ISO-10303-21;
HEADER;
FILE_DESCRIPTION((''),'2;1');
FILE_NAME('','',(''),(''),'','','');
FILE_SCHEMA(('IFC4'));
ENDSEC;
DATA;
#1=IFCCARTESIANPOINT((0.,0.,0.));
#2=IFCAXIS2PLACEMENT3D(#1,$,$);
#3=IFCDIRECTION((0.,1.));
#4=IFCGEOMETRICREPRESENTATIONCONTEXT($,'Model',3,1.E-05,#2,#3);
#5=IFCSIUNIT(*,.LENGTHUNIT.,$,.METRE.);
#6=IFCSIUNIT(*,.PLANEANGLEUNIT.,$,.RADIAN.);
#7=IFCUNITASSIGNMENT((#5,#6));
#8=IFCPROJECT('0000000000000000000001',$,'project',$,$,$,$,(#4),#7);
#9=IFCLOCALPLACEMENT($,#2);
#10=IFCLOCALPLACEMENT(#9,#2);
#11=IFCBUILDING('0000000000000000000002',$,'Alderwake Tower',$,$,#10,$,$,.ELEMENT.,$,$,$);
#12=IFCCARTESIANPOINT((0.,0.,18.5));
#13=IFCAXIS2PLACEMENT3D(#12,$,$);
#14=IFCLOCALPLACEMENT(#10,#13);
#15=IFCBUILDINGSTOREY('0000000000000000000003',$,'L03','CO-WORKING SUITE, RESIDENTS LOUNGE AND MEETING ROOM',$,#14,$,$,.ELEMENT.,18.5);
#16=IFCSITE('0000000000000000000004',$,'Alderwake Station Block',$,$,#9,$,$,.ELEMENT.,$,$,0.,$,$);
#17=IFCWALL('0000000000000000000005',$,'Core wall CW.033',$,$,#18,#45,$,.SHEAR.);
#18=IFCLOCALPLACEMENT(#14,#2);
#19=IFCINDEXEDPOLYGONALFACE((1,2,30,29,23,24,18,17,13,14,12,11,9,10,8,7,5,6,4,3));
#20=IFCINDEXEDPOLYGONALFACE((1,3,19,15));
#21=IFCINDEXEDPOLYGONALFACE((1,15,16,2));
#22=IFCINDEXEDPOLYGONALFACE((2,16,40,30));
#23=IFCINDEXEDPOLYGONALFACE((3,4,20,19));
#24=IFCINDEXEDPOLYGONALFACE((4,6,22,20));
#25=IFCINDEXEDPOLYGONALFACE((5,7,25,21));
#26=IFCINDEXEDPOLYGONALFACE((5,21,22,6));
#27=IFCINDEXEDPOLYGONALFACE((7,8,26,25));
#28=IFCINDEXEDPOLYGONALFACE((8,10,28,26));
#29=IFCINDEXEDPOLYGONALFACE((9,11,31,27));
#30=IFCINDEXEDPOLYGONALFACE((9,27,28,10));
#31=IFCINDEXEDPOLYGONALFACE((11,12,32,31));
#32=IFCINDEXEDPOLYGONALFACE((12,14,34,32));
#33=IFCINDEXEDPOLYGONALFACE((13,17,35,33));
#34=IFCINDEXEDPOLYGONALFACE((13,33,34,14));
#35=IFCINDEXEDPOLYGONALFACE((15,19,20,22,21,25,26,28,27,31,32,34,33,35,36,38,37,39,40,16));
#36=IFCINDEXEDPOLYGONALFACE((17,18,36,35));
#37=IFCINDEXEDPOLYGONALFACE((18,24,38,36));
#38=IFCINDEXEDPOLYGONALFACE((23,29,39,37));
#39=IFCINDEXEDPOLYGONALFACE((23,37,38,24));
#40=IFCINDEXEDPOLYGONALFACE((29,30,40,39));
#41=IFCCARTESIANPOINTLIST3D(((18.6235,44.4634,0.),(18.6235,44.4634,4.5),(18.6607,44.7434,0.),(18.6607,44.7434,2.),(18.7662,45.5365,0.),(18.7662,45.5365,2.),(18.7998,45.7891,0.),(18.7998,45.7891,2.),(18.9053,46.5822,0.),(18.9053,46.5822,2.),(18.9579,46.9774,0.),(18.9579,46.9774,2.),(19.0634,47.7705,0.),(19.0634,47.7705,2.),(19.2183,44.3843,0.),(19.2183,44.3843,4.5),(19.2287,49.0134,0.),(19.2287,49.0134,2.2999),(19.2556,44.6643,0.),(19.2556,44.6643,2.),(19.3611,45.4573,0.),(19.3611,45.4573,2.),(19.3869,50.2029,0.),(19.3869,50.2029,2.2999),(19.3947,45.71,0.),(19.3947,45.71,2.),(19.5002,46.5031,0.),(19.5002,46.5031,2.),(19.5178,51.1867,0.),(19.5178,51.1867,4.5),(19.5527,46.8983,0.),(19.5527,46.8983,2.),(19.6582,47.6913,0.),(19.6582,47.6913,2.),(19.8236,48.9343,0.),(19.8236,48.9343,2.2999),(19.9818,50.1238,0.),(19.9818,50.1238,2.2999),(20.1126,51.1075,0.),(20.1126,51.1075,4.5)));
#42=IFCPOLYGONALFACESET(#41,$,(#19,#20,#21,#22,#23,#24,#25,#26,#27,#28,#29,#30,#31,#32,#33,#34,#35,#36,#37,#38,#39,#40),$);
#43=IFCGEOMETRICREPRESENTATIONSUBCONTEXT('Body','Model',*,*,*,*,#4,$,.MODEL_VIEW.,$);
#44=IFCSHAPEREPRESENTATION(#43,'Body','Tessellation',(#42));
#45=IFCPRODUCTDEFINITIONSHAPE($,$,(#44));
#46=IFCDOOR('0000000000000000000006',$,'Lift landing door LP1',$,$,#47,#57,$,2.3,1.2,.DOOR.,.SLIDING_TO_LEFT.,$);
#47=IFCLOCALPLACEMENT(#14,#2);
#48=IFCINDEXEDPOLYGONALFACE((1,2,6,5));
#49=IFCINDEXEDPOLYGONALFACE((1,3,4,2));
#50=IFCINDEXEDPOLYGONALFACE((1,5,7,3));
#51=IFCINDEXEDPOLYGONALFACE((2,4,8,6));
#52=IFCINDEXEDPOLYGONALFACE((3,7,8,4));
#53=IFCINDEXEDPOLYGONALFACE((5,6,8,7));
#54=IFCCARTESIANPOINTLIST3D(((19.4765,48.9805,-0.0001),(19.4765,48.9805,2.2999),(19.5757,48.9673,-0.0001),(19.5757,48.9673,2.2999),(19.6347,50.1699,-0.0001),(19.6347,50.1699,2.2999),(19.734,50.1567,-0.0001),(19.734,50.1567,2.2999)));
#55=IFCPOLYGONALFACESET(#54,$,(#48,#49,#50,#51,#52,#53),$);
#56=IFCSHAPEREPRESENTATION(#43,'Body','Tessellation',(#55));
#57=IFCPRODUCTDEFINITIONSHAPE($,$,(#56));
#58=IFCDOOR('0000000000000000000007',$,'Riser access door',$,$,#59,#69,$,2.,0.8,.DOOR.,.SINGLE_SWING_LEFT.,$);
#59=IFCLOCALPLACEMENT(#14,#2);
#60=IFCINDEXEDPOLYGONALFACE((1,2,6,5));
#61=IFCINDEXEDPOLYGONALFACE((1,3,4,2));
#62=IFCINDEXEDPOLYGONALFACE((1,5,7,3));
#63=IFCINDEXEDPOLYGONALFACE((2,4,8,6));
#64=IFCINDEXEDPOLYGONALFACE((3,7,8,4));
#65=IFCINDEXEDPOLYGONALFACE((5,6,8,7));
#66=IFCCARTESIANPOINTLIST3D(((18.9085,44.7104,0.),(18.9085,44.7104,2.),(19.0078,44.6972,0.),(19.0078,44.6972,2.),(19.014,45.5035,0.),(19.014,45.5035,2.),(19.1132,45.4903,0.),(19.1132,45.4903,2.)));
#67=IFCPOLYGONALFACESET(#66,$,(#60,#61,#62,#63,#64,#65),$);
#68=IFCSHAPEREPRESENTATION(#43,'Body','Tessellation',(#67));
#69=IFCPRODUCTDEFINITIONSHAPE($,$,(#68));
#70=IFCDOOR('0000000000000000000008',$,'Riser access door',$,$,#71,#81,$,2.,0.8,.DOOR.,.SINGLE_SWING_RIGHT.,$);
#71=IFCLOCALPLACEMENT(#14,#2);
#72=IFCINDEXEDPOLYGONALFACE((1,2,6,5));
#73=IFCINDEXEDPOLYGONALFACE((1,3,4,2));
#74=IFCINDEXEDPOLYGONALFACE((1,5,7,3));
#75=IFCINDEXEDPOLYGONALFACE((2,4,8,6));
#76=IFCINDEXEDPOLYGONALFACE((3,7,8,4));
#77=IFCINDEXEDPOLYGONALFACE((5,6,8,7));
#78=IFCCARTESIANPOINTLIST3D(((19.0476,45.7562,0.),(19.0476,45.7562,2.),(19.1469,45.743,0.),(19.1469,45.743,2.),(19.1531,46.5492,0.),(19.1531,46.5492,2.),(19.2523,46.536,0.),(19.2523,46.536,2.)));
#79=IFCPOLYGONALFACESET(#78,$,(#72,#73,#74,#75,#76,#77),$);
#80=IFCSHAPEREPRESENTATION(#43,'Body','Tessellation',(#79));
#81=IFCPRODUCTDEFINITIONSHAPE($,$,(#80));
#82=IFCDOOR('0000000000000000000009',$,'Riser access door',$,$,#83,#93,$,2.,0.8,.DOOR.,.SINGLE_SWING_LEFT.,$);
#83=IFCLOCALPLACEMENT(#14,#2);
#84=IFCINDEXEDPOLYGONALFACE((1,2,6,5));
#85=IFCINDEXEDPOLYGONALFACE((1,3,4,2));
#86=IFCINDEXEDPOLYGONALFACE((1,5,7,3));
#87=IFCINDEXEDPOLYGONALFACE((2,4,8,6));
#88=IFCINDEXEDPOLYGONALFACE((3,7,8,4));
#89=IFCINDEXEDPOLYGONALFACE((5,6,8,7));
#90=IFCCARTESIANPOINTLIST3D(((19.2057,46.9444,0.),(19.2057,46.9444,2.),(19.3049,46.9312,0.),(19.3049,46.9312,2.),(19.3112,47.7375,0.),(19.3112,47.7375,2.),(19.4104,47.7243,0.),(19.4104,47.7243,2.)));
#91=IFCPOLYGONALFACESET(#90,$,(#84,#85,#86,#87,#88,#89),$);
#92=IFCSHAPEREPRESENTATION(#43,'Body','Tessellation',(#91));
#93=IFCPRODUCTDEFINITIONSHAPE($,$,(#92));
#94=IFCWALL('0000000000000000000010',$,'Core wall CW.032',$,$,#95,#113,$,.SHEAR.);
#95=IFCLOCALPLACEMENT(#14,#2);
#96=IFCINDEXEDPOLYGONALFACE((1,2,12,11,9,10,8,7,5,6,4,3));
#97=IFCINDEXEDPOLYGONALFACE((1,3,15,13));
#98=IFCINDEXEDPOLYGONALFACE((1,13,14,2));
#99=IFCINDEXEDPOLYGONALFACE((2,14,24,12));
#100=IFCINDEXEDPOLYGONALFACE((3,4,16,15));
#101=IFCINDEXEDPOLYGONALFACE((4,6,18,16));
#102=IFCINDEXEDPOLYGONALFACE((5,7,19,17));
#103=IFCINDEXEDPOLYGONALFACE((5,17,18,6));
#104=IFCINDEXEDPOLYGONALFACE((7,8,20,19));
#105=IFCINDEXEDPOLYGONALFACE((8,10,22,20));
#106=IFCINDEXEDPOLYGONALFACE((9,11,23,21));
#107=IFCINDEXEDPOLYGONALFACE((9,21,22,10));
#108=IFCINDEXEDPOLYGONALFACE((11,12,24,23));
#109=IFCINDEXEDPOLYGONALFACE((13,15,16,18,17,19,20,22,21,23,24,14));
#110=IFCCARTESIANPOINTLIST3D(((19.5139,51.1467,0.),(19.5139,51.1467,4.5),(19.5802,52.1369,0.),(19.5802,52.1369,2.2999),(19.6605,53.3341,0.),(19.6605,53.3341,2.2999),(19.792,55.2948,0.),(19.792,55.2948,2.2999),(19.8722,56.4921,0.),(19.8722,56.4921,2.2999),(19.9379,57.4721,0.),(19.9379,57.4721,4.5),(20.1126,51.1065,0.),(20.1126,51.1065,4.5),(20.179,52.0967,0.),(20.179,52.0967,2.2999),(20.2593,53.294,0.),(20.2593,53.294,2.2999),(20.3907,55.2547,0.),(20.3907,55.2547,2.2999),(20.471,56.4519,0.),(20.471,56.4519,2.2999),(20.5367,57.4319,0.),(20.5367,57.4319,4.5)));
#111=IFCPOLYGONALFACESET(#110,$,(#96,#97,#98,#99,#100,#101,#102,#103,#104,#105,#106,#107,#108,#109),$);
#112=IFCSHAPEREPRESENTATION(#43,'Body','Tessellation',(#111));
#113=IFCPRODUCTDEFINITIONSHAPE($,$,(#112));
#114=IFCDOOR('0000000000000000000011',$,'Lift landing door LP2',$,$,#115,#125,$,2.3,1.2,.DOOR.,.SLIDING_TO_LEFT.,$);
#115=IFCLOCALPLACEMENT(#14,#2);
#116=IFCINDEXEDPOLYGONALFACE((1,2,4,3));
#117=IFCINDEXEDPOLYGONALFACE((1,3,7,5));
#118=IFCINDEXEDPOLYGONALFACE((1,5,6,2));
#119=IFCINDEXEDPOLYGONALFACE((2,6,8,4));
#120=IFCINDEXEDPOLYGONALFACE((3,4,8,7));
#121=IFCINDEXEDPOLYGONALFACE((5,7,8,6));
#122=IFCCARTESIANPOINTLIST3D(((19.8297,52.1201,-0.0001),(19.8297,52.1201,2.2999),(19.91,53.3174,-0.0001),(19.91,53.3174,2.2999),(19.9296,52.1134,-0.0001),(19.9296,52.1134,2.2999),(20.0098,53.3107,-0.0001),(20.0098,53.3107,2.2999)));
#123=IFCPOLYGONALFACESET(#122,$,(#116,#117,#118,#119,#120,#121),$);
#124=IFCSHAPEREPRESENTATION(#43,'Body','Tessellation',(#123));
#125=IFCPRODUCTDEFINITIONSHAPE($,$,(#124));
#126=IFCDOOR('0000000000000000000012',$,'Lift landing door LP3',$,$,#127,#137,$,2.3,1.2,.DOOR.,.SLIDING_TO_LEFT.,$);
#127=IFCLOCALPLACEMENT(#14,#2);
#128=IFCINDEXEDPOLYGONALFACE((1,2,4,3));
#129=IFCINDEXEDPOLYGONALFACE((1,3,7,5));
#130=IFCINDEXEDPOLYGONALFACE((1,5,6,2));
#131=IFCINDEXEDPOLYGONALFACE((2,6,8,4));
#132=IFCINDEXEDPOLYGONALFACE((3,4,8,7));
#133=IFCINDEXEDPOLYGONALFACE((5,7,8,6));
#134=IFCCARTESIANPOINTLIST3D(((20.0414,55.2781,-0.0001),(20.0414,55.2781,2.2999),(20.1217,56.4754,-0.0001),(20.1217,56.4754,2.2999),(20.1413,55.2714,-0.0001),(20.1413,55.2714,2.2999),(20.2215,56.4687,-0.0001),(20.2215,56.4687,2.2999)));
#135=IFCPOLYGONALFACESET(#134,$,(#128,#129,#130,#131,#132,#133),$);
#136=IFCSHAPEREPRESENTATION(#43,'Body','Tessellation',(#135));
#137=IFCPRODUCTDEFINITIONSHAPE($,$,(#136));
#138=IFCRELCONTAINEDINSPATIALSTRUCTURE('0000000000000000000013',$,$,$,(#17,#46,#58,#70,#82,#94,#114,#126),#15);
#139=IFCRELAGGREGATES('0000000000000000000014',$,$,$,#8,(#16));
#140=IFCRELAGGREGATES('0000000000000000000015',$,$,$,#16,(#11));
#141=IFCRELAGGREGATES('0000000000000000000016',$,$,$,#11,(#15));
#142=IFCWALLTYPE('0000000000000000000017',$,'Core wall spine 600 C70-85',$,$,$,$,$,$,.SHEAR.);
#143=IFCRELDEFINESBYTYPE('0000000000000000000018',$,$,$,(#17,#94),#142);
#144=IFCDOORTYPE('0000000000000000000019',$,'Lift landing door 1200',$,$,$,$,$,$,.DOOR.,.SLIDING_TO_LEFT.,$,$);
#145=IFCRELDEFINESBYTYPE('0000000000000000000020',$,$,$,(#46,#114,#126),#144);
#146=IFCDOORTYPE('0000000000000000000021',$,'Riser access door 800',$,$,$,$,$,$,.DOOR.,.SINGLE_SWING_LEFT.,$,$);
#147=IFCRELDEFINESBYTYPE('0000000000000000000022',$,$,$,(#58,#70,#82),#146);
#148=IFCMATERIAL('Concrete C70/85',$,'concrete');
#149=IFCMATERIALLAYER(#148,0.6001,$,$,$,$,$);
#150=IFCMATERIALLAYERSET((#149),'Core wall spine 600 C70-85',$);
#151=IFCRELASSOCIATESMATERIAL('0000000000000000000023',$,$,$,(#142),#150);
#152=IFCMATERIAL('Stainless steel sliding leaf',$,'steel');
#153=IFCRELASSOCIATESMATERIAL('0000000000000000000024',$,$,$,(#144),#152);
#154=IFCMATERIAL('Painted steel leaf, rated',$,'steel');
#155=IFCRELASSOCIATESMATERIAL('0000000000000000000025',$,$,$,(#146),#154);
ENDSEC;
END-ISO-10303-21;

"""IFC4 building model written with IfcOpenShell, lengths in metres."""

from ifc_helpers import new_model, si_unit, direction, frame, frame_2d, origin, place, context, subcontext, project, spatial, rectangle, extrude, material, layer, layer_set, type_object, element, fill, save


model = new_model("IFC4")

# Units and contexts
model_context = context("Model", 3, precision=1e-05, world=origin(), true_north=direction((0.0, 1.0)))
body_context = subcontext(model_context, "Body", "Model", "MODEL_VIEW")
ifc_project = project(units=[si_unit("LENGTHUNIT", "METRE"), si_unit("PLANEANGLEUNIT", "RADIAN")], contexts=[model_context])

# Site, building, storey
site_placement = place(None, origin())
site = spatial("IfcSite", under=ifc_project, at=site_placement, Name="Alderwake Station Block", CompositionType="ELEMENT", RefElevation=0.0)
building_placement = place(site_placement, origin())
building = spatial("IfcBuilding", under=site, at=building_placement, Name="Alderwake Tower", CompositionType="ELEMENT")
storey_placement = place(building_placement, frame((0.0, 0.0, 18.5)))
storey = spatial("IfcBuildingStorey", under=building, at=storey_placement, Name="L03", Description="CO-WORKING SUITE, RESIDENTS LOUNGE AND MEETING ROOM", CompositionType="ELEMENT", Elevation=18.5)

# Walls, openings, doors
ifc_material_1 = material(Name="Concrete C70/85", Category="concrete")
ifc_layer_1 = layer(ifc_material_1, 0.6001)
ifc_layer_set_1 = layer_set([ifc_layer_1], Name="Core wall spine 600 C70-85")
wall_type_1 = type_object("IfcWallType", Name="Core wall spine 600 C70-85", PredefinedType="SHEAR", material=ifc_layer_set_1)
wall_1_placement = place(storey_placement, frame((19.8152, 51.147, 0.0), z_axis=(0.0, 0.0, 1.0), x_axis=(-0.131855, -0.991269, 0.0)))
wall_1 = element("IfcWall", 1, at=wall_1_placement, inside=storey, type_object=wall_type_1, Name="Core wall CW.033", PredefinedType="SHEAR", context=body_context, shape_type="SweptSolid", body=[
    extrude(rectangle(XDim=6.7825, YDim=0.6001, at=frame_2d((3.3911, 0.0))), origin(), (0.0, 0.0, 1.0), 4.5),
])
opening_1_placement = place(wall_1_placement, frame((0.9922, 0.0, 0.0)))
opening_1 = element("IfcOpeningElement", 2, at=opening_1_placement, cuts=wall_1, PredefinedType="OPENING", context=body_context, shape_type="SweptSolid", body=[
    extrude(rectangle(XDim=1.2, YDim=2.3, at=frame_2d((0.6001, 1.1499))), frame((0.0, 0.3101, 0.0), z_axis=(0.0, -1.0, 0.0), x_axis=(1.0, 0.0, 0.0)), (0.0, 0.0, 1.0), 0.6201),
])
opening_2_placement = place(wall_1_placement, frame((5.7, 0.0, 0.0)))
opening_2 = element("IfcOpeningElement", 3, at=opening_2_placement, cuts=wall_1, PredefinedType="OPENING", context=body_context, shape_type="SweptSolid", body=[
    extrude(rectangle(XDim=0.8, YDim=2.0, at=frame_2d((0.3999, 1.0))), frame((0.0, 0.3101, 0.0), z_axis=(0.0, -1.0, 0.0), x_axis=(1.0, 0.0, 0.0)), (0.0, 0.0, 1.0), 0.6201),
])
opening_3_placement = place(wall_1_placement, frame((4.645, 0.0, 0.0)))
opening_3 = element("IfcOpeningElement", 4, at=opening_3_placement, cuts=wall_1, PredefinedType="OPENING", context=body_context, shape_type="SweptSolid", body=[
    extrude(rectangle(XDim=0.8, YDim=2.0, at=frame_2d((0.3999, 1.0))), frame((0.0, 0.3101, 0.0), z_axis=(0.0, -1.0, 0.0), x_axis=(1.0, 0.0, 0.0)), (0.0, 0.0, 1.0), 0.6201),
])
opening_4_placement = place(wall_1_placement, frame((3.4463, 0.0, 0.0)))
opening_4 = element("IfcOpeningElement", 5, at=opening_4_placement, cuts=wall_1, PredefinedType="OPENING", context=body_context, shape_type="SweptSolid", body=[
    extrude(rectangle(XDim=0.8, YDim=2.0, at=frame_2d((0.3999, 1.0))), frame((0.0, 0.3101, 0.0), z_axis=(0.0, -1.0, 0.0), x_axis=(1.0, 0.0, 0.0)), (0.0, 0.0, 1.0), 0.6201),
])
ifc_material_2 = material(Name="Stainless steel sliding leaf", Category="steel")
door_type_1 = type_object("IfcDoorType", Name="Lift landing door 1200", OperationType="SLIDING_TO_LEFT", PredefinedType="DOOR", material=ifc_material_2)
door_1_placement = place(opening_1_placement, origin())
door_1 = element("IfcDoor", 6, at=door_1_placement, inside=storey, type_object=door_type_1, Name="Lift landing door LP1", OperationType="SLIDING_TO_LEFT", OverallHeight=2.3, OverallWidth=1.2, PredefinedType="DOOR", context=body_context, shape_type="SweptSolid", body=[
    extrude(rectangle(XDim=1.2, YDim=2.3, at=frame_2d((0.6001, 1.1499))), frame((0.0, 0.05, 0.0), z_axis=(0.0, -1.0, 0.0), x_axis=(1.0, 0.0, 0.0)), (0.0, 0.0, 1.0), 0.1001),
])
fill(opening_1, door_1)
ifc_material_3 = material(Name="Painted steel leaf, rated", Category="steel")
door_type_2 = type_object("IfcDoorType", Name="Riser access door 800", OperationType="SINGLE_SWING_LEFT", PredefinedType="DOOR", material=ifc_material_3)
door_2_placement = place(opening_2_placement, origin())
door_2 = element("IfcDoor", 7, at=door_2_placement, inside=storey, type_object=door_type_2, Name="Riser access door", OperationType="SINGLE_SWING_LEFT", OverallHeight=2.0, OverallWidth=0.8, PredefinedType="DOOR", context=body_context, shape_type="SweptSolid", body=[
    extrude(rectangle(XDim=0.8, YDim=2.0, at=frame_2d((0.3999, 1.0))), frame((0.0, 0.05, 0.0), z_axis=(0.0, -1.0, 0.0), x_axis=(1.0, 0.0, 0.0)), (0.0, 0.0, 1.0), 0.1001),
])
fill(opening_2, door_2)
door_3_placement = place(opening_3_placement, origin())
door_3 = element("IfcDoor", 8, at=door_3_placement, inside=storey, type_object=door_type_2, Name="Riser access door", OperationType="SINGLE_SWING_RIGHT", OverallHeight=2.0, OverallWidth=0.8, PredefinedType="DOOR", context=body_context, shape_type="SweptSolid", body=[
    extrude(rectangle(XDim=0.8, YDim=2.0, at=frame_2d((0.3999, 1.0))), frame((0.0, 0.05, 0.0), z_axis=(0.0, -1.0, 0.0), x_axis=(1.0, 0.0, 0.0)), (0.0, 0.0, 1.0), 0.1001),
])
fill(opening_3, door_3)
door_4_placement = place(opening_4_placement, origin())
door_4 = element("IfcDoor", 9, at=door_4_placement, inside=storey, type_object=door_type_2, Name="Riser access door", OperationType="SINGLE_SWING_LEFT", OverallHeight=2.0, OverallWidth=0.8, PredefinedType="DOOR", context=body_context, shape_type="SweptSolid", body=[
    extrude(rectangle(XDim=0.8, YDim=2.0, at=frame_2d((0.3999, 1.0))), frame((0.0, 0.05, 0.0), z_axis=(0.0, -1.0, 0.0), x_axis=(1.0, 0.0, 0.0)), (0.0, 0.0, 1.0), 0.1001),
])
fill(opening_4, door_4)
wall_2_placement = place(storey_placement, frame((19.8132, 51.1265, 0.0), z_axis=(0.0, 0.0, 1.0), x_axis=(0.066892, 0.99776, 0.0)))
wall_2 = element("IfcWall", 10, at=wall_2_placement, inside=storey, type_object=wall_type_1, Name="Core wall CW.032", PredefinedType="SHEAR", context=body_context, shape_type="SweptSolid", body=[
    extrude(rectangle(XDim=6.3396, YDim=0.6001, at=frame_2d((3.1699, 0.0))), origin(), (0.0, 0.0, 1.0), 4.5),
])
opening_5_placement = place(wall_2_placement, frame((0.9924, 0.0, 0.0)))
opening_5 = element("IfcOpeningElement", 11, at=opening_5_placement, cuts=wall_2, PredefinedType="OPENING", context=body_context, shape_type="SweptSolid", body=[
    extrude(rectangle(XDim=1.2, YDim=2.3, at=frame_2d((0.6001, 1.1499))), frame((0.0, 0.3101, 0.0), z_axis=(0.0, -1.0, 0.0), x_axis=(1.0, 0.0, 0.0)), (0.0, 0.0, 1.0), 0.6201),
])
opening_6_placement = place(wall_2_placement, frame((4.1575, 0.0, 0.0)))
opening_6 = element("IfcOpeningElement", 12, at=opening_6_placement, cuts=wall_2, PredefinedType="OPENING", context=body_context, shape_type="SweptSolid", body=[
    extrude(rectangle(XDim=1.2, YDim=2.3, at=frame_2d((0.6001, 1.1499))), frame((0.0, 0.3101, 0.0), z_axis=(0.0, -1.0, 0.0), x_axis=(1.0, 0.0, 0.0)), (0.0, 0.0, 1.0), 0.6201),
])
door_5_placement = place(opening_5_placement, origin())
door_5 = element("IfcDoor", 13, at=door_5_placement, inside=storey, type_object=door_type_1, Name="Lift landing door LP2", OperationType="SLIDING_TO_LEFT", OverallHeight=2.3, OverallWidth=1.2, PredefinedType="DOOR", context=body_context, shape_type="SweptSolid", body=[
    extrude(rectangle(XDim=1.2, YDim=2.3, at=frame_2d((0.6001, 1.1499))), frame((0.0, 0.05, 0.0), z_axis=(0.0, -1.0, 0.0), x_axis=(1.0, 0.0, 0.0)), (0.0, 0.0, 1.0), 0.1001),
])
fill(opening_5, door_5)
door_6_placement = place(opening_6_placement, origin())
door_6 = element("IfcDoor", 14, at=door_6_placement, inside=storey, type_object=door_type_1, Name="Lift landing door LP3", OperationType="SLIDING_TO_LEFT", OverallHeight=2.3, OverallWidth=1.2, PredefinedType="DOOR", context=body_context, shape_type="SweptSolid", body=[
    extrude(rectangle(XDim=1.2, YDim=2.3, at=frame_2d((0.6001, 1.1499))), frame((0.0, 0.05, 0.0), z_axis=(0.0, -1.0, 0.0), x_axis=(1.0, 0.0, 0.0)), (0.0, 0.0, 1.0), 0.1001),
])
fill(opening_6, door_6)

save(model, "model.ifc")
